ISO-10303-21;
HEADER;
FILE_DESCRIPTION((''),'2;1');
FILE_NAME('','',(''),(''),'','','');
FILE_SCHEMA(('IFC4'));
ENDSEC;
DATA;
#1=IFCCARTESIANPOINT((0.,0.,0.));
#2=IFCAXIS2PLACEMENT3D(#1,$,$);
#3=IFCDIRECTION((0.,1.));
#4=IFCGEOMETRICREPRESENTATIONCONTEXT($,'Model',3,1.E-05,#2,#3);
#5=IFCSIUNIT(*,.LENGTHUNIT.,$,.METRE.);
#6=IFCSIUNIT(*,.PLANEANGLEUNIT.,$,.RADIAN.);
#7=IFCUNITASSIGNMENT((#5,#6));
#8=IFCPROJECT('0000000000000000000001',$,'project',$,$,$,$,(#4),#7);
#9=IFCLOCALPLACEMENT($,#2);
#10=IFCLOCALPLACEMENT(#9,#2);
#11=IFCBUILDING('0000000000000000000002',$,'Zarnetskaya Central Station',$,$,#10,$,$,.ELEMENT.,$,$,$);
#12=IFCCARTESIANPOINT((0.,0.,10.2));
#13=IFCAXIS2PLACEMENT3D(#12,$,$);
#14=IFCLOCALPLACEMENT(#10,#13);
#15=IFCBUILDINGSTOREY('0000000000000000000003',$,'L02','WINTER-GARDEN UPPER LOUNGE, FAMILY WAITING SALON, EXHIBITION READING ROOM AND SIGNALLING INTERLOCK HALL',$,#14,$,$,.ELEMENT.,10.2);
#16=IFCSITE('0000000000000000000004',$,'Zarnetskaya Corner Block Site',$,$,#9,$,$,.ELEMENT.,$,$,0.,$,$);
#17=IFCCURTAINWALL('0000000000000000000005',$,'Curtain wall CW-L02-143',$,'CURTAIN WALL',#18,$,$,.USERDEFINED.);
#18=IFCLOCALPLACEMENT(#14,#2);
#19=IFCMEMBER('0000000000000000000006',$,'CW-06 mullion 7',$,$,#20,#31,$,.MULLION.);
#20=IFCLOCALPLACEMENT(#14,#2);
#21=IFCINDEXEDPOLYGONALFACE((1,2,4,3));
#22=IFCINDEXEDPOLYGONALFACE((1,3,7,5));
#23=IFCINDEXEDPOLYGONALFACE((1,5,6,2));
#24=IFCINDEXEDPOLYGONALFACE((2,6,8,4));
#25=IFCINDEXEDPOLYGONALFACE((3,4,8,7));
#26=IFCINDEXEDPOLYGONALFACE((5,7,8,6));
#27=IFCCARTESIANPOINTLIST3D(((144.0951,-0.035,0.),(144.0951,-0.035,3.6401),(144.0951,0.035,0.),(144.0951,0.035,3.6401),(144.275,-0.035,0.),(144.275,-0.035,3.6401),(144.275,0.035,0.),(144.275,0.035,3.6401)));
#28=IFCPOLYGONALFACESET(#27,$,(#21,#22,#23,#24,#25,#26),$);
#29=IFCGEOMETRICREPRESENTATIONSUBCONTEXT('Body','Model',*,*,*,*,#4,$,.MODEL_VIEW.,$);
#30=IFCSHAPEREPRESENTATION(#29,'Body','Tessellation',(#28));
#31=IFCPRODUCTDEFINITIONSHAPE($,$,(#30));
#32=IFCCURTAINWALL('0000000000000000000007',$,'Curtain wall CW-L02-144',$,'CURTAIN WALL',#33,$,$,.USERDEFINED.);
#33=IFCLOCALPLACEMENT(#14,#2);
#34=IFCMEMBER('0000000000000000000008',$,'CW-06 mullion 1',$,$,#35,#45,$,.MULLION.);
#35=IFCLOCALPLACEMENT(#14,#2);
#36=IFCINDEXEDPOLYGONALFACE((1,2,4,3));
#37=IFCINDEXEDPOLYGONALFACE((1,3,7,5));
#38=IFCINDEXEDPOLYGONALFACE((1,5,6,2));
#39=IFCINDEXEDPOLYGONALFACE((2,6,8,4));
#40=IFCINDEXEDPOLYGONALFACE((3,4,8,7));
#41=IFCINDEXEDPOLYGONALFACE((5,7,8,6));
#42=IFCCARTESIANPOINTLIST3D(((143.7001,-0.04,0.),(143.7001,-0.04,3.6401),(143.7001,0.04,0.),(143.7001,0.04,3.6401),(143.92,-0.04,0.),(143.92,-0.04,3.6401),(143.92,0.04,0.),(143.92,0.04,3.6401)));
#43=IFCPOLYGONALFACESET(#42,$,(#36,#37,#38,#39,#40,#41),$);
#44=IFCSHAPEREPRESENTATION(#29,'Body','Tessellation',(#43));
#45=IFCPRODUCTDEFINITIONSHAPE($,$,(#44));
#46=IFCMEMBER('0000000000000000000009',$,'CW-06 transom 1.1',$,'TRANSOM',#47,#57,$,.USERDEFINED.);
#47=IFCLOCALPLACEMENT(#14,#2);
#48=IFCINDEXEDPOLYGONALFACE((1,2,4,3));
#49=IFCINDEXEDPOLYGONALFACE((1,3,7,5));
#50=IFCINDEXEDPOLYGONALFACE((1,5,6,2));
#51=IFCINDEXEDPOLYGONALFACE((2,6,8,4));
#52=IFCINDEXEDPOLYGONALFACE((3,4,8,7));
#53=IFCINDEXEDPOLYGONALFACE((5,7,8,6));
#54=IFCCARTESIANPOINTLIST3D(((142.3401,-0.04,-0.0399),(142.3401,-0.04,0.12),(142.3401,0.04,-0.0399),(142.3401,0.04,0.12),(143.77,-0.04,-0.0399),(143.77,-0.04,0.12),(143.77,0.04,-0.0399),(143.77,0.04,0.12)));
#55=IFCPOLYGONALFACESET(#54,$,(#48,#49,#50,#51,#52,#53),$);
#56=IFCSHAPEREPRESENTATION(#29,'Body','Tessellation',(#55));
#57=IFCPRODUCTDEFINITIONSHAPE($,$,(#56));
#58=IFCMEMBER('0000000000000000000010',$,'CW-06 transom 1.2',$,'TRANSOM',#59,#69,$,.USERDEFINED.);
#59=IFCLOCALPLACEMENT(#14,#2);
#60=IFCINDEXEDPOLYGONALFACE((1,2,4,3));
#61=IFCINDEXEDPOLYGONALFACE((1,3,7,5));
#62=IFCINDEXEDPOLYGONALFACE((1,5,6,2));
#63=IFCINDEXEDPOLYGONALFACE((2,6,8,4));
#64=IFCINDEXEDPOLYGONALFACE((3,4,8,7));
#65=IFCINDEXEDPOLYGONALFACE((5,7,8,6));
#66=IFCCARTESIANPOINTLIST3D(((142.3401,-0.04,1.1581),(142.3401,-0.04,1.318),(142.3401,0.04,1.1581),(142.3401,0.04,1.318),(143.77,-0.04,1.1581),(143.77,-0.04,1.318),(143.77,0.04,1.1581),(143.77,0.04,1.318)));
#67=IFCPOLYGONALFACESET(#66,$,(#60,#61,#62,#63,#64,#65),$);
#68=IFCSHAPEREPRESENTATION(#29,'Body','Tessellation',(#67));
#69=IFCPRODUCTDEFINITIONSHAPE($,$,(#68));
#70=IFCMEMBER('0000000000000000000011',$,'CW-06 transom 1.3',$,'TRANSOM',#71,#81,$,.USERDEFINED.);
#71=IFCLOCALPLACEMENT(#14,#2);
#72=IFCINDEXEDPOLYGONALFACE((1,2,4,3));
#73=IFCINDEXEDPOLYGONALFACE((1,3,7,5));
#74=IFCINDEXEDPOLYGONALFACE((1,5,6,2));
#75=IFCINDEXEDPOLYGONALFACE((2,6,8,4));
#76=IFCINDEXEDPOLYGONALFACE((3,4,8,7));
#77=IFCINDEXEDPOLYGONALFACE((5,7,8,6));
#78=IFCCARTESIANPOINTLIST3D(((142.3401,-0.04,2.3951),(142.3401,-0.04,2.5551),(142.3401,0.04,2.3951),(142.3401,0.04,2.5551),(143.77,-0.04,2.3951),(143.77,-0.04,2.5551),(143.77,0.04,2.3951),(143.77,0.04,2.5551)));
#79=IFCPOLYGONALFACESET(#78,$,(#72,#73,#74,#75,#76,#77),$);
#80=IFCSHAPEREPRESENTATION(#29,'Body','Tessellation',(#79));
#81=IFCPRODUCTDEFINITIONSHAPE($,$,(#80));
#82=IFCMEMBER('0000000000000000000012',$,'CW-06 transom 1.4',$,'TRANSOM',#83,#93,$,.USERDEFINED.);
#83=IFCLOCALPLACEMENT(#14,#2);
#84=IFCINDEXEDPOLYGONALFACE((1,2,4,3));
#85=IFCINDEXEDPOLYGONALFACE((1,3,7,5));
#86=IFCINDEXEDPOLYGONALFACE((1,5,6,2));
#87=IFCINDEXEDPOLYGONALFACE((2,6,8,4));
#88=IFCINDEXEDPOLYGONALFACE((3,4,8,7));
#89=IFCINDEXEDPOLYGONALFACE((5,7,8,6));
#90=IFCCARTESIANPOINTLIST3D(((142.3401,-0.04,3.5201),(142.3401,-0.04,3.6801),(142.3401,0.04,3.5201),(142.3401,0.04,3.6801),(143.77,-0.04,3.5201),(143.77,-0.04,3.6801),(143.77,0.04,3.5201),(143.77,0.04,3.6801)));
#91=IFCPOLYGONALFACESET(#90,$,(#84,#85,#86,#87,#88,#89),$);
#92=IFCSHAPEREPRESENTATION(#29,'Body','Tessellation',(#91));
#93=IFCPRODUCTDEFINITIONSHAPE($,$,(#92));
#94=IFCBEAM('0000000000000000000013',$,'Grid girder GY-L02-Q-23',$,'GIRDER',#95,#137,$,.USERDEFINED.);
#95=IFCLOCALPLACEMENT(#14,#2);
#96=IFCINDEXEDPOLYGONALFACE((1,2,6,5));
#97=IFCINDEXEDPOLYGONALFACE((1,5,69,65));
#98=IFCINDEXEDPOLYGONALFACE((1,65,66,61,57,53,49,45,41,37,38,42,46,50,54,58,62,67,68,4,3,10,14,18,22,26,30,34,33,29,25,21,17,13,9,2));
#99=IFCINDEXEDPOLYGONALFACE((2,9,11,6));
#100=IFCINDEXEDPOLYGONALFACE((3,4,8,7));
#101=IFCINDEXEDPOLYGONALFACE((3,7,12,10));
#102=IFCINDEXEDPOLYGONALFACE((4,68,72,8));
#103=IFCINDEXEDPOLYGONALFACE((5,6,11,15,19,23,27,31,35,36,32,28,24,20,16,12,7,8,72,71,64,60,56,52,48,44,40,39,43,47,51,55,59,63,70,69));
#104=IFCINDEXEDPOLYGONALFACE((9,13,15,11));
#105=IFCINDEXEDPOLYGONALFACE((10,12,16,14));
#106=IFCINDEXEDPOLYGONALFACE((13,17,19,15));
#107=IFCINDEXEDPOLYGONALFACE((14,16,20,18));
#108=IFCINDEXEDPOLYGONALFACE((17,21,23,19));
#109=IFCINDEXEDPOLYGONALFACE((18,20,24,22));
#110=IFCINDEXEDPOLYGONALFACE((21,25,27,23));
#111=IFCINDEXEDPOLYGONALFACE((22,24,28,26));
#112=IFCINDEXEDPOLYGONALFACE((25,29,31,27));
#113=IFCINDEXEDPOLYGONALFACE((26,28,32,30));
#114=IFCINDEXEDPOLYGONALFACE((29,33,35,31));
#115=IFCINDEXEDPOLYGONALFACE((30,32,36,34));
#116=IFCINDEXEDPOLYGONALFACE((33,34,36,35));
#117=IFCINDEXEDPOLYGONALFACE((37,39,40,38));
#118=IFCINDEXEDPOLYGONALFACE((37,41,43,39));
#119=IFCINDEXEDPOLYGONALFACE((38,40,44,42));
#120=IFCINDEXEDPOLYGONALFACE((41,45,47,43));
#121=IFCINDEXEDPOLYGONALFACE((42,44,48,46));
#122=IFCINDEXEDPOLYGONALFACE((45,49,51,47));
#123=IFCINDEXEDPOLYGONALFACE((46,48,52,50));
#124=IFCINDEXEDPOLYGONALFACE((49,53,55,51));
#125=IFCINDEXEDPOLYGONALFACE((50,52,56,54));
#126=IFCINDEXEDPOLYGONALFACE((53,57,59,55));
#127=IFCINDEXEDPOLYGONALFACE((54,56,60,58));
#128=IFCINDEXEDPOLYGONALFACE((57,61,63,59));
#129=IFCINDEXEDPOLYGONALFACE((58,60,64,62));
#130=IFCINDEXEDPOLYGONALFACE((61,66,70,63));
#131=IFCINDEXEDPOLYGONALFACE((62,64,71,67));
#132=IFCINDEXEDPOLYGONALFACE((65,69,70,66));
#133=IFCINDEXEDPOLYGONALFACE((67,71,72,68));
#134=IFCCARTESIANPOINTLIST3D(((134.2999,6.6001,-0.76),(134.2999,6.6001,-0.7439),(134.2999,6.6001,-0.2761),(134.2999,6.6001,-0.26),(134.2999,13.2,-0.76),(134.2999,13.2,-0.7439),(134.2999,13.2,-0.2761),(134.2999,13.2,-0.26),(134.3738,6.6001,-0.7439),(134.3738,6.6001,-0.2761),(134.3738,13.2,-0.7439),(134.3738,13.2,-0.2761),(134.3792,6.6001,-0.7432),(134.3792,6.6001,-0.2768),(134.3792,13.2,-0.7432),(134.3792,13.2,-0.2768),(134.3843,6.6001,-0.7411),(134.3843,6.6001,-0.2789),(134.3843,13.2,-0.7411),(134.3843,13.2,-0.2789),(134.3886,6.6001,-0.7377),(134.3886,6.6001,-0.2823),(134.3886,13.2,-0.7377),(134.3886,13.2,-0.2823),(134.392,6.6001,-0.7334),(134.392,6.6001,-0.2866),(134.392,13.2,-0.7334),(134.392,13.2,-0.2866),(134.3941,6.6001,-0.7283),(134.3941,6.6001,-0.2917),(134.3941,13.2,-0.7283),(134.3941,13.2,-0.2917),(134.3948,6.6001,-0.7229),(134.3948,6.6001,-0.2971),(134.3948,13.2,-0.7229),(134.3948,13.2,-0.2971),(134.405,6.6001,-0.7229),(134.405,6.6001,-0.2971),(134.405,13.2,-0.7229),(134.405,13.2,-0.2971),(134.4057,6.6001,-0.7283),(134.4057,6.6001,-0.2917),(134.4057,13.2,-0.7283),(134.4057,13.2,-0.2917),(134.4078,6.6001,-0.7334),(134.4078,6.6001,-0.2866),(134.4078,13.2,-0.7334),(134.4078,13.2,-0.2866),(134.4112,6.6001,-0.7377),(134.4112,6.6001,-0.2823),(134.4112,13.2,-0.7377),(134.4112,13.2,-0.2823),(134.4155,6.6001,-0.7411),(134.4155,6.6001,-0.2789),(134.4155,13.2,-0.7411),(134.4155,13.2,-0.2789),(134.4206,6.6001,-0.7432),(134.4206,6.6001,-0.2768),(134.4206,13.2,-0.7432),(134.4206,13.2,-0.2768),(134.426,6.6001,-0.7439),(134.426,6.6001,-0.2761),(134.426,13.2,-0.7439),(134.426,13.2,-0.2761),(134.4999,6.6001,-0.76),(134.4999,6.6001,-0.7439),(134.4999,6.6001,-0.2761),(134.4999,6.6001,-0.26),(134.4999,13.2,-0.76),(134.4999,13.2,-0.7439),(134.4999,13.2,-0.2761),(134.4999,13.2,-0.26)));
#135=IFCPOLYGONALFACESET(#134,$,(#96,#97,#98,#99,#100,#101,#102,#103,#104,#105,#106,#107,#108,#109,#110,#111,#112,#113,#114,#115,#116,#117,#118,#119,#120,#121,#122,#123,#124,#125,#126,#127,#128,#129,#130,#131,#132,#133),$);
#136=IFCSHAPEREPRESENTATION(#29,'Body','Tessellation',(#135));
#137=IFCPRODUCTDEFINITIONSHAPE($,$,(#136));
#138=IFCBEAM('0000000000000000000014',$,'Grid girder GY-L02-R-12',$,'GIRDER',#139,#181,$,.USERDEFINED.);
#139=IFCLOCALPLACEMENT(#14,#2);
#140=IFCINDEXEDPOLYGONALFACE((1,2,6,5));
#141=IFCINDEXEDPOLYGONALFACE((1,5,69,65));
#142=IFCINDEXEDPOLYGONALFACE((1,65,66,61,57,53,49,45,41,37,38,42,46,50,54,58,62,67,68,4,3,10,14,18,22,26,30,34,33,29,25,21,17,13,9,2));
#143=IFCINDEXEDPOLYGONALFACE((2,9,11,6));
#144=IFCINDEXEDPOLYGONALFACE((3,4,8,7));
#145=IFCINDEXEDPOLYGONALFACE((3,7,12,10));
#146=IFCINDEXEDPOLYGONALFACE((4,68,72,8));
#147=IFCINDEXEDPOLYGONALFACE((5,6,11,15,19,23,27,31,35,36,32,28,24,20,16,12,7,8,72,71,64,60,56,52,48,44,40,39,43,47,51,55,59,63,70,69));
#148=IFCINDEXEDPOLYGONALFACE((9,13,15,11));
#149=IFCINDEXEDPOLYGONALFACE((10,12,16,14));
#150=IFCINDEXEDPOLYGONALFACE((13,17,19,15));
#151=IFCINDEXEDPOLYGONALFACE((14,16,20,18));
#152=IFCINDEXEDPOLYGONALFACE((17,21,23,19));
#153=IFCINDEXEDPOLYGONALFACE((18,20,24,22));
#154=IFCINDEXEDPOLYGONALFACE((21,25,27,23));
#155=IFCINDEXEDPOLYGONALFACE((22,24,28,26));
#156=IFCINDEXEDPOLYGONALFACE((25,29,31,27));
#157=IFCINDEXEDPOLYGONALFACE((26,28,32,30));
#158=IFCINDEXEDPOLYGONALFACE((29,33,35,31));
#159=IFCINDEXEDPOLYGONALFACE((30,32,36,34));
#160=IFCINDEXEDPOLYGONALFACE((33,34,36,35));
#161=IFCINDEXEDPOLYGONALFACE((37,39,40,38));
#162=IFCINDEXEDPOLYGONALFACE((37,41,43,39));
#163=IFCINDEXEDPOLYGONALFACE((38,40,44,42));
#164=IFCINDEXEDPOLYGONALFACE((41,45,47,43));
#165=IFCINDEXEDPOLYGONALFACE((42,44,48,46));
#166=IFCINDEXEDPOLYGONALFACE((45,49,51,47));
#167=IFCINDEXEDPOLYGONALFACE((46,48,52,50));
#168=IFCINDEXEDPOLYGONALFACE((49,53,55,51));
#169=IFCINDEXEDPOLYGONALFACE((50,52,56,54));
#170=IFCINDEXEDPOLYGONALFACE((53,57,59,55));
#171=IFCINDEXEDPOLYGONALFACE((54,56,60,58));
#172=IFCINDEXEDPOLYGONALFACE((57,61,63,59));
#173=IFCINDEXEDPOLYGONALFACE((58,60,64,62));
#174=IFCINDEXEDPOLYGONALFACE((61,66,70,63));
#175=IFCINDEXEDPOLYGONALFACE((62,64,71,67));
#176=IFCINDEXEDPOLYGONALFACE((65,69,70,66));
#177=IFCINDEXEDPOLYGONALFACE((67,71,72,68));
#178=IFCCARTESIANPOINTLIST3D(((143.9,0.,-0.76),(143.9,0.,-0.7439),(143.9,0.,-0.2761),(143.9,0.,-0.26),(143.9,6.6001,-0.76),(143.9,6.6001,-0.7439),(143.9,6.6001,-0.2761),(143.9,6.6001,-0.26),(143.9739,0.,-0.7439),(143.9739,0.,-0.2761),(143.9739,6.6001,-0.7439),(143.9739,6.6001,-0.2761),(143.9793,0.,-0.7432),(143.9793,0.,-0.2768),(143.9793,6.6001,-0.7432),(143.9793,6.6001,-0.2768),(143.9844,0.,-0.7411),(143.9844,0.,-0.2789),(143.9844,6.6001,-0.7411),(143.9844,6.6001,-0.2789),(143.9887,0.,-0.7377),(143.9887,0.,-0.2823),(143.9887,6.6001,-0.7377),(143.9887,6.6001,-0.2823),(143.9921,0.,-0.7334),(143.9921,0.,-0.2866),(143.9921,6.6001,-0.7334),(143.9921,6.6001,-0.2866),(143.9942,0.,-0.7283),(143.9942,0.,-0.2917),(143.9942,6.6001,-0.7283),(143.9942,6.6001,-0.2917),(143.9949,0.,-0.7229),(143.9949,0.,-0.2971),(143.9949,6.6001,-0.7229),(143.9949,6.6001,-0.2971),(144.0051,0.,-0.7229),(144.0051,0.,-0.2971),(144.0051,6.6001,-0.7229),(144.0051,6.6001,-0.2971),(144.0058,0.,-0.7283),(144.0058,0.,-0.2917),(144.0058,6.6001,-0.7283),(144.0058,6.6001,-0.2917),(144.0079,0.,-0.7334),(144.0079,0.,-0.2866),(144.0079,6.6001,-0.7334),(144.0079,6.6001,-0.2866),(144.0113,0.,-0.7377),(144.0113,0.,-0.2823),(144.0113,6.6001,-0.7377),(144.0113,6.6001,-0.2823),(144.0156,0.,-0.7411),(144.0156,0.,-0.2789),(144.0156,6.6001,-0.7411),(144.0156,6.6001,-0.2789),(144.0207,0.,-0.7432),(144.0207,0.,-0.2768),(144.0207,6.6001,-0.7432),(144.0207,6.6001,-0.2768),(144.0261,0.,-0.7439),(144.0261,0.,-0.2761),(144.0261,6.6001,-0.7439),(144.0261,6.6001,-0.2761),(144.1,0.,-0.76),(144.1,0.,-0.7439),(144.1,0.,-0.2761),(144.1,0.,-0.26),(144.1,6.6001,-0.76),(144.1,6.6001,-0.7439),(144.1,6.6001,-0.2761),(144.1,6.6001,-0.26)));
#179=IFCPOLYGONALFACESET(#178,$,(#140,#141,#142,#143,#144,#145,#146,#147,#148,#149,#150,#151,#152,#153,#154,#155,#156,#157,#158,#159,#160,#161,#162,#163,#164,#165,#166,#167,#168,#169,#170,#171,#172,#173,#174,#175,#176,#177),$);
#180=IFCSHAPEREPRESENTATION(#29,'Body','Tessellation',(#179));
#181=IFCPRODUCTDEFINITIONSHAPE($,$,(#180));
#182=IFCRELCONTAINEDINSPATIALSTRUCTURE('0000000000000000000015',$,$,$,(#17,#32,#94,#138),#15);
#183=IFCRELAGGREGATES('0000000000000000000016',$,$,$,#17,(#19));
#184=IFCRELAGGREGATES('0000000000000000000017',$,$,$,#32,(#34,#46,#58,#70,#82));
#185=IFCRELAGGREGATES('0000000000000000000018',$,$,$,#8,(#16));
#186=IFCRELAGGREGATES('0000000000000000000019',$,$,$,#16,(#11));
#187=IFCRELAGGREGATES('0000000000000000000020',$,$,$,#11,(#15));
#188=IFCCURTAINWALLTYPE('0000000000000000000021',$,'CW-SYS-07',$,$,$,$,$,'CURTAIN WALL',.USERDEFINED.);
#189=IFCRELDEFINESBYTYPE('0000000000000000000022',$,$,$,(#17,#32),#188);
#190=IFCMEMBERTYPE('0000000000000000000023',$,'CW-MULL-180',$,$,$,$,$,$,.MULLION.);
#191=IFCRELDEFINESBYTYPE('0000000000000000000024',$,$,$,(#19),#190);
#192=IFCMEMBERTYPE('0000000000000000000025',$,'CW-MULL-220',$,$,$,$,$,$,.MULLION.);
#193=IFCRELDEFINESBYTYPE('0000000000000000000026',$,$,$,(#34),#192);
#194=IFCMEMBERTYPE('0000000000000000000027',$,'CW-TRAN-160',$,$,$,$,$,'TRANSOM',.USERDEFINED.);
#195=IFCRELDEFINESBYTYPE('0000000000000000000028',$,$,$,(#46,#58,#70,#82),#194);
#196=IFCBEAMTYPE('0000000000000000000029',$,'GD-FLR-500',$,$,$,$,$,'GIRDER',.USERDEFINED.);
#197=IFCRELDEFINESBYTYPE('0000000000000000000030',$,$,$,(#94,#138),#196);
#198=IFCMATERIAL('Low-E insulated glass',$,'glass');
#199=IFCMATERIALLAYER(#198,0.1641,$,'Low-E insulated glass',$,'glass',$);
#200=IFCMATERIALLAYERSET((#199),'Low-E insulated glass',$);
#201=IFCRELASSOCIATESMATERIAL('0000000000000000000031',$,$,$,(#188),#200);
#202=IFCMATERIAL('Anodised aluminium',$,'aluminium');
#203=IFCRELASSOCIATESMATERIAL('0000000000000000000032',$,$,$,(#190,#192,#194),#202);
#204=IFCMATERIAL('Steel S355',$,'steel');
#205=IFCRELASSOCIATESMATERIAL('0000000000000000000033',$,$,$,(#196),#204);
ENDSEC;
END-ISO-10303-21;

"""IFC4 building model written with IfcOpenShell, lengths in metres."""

from ifc_helpers import new_model, si_unit, direction, frame, origin, origin_2d, place, context, subcontext, project, spatial, rectangle, i_section, extrude, material, layer, layer_set, material_profile, profile_set, type_object, element, aggregate, save


model = new_model("IFC4")

# Units and contexts
model_context = context("Model", 3, precision=1e-05, world=origin(), true_north=direction((0.0, 1.0)))
body_context = subcontext(model_context, "Body", "Model", "MODEL_VIEW")
ifc_project = project(units=[si_unit("LENGTHUNIT", "METRE"), si_unit("PLANEANGLEUNIT", "RADIAN")], contexts=[model_context])

# Site, building, storey
site_placement = place(None, origin())
site = spatial("IfcSite", under=ifc_project, at=site_placement, Name="Zarnetskaya Corner Block Site", CompositionType="ELEMENT", RefElevation=0.0)
building_placement = place(site_placement, origin())
building = spatial("IfcBuilding", under=site, at=building_placement, Name="Zarnetskaya Central Station", CompositionType="ELEMENT")
storey_placement = place(building_placement, frame((0.0, 0.0, 10.2)))
storey = spatial("IfcBuildingStorey", under=building, at=storey_placement, Name="L02", Description="WINTER-GARDEN UPPER LOUNGE, FAMILY WAITING SALON, EXHIBITION READING ROOM AND SIGNALLING INTERLOCK HALL", CompositionType="ELEMENT", Elevation=10.2)

# Shared definitions
ifc_material_1 = material(Name="Steel S355", Category="steel")

# Curtain wall, member
ifc_material_2 = material(Name="Low-E insulated glass", Category="glass")
ifc_layer_1 = layer(ifc_material_2, 0.1641, Name="Low-E insulated glass", Category="glass")
ifc_layer_set_1 = layer_set([ifc_layer_1], Name="Low-E insulated glass")
curtain_wall_type = type_object("IfcCurtainWallType", Name="CW-SYS-07", ElementType="CURTAIN WALL", PredefinedType="USERDEFINED", material=ifc_layer_set_1)
curtain_wall_1_placement = place(storey_placement, origin())
curtain_wall_1 = element("IfcCurtainWall", 1, at=curtain_wall_1_placement, inside=storey, type_object=curtain_wall_type, Name="Curtain wall CW-L02-143", ObjectType="CURTAIN WALL", PredefinedType="USERDEFINED")
ifc_material_3 = material(Name="Anodised aluminium", Category="aluminium")
ifc_material_profile_1 = material_profile(ifc_material_3, rectangle(XDim=0.0701, YDim=0.1799, at=origin_2d()), Name="ALU MULL 70x180")
ifc_profile_set_1 = profile_set([ifc_material_profile_1], Name="Anodised aluminium")
member_type_1 = type_object("IfcMemberType", Name="CW-MULL-180", PredefinedType="MULLION", material=ifc_profile_set_1)
member_1_placement = place(storey_placement, frame((144.1851, 0.0, 0.0), z_axis=(0.0, 0.0, 1.0), x_axis=(0.0, -1.0, 0.0)))
member_1 = element("IfcMember", 2, at=member_1_placement, type_object=member_type_1, Name="CW-06 mullion 7", PredefinedType="MULLION", context=body_context, shape_type="SweptSolid", body=[
    extrude(rectangle(XDim=0.0701, YDim=0.1799, at=origin_2d()), origin(), (0.0, 0.0, 1.0), 3.6401),
])

# Curtain wall, members
curtain_wall_2_placement = place(storey_placement, origin())
curtain_wall_2 = element("IfcCurtainWall", 3, at=curtain_wall_2_placement, inside=storey, type_object=curtain_wall_type, Name="Curtain wall CW-L02-144", ObjectType="CURTAIN WALL", PredefinedType="USERDEFINED")
ifc_material_profile_2 = material_profile(ifc_material_3, rectangle(XDim=0.0801, YDim=0.22, at=origin_2d()), Name="ALU MULL 80x220")
ifc_profile_set_2 = profile_set([ifc_material_profile_2], Name="Anodised aluminium")
member_type_2 = type_object("IfcMemberType", Name="CW-MULL-220", PredefinedType="MULLION", material=ifc_profile_set_2)
member_2_placement = place(storey_placement, frame((143.8101, 0.0, 0.0), z_axis=(0.0, 0.0, 1.0), x_axis=(0.0, -1.0, 0.0)))
member_2 = element("IfcMember", 4, at=member_2_placement, type_object=member_type_2, Name="CW-06 mullion 1", PredefinedType="MULLION", context=body_context, shape_type="SweptSolid", body=[
    extrude(rectangle(XDim=0.0801, YDim=0.22, at=origin_2d()), origin(), (0.0, 0.0, 1.0), 3.6401),
])
ifc_material_profile_3 = material_profile(ifc_material_3, rectangle(XDim=0.0801, YDim=0.1599, at=origin_2d()), Name="ALU TRAN 80x160")
ifc_profile_set_3 = profile_set([ifc_material_profile_3], Name="Anodised aluminium")
member_type_3 = type_object("IfcMemberType", Name="CW-TRAN-160", ElementType="TRANSOM", PredefinedType="USERDEFINED", material=ifc_profile_set_3)
member_3_placement = place(storey_placement, frame((143.77, 0.0, 0.04), z_axis=(-1.0, 0.0, 0.0), x_axis=(0.0, -1.0, 0.0)))
member_3 = element("IfcMember", 5, at=member_3_placement, type_object=member_type_3, Name="CW-06 transom 1.1", ObjectType="TRANSOM", PredefinedType="USERDEFINED", context=body_context, shape_type="SweptSolid", body=[
    extrude(rectangle(XDim=0.0801, YDim=0.1599, at=origin_2d()), origin(), (0.0, 0.0, 1.0), 1.4299),
])
member_4_placement = place(storey_placement, frame((143.77, 0.0, 1.238), z_axis=(-1.0, 0.0, 0.0), x_axis=(0.0, -1.0, 0.0)))
member_4 = element("IfcMember", 6, at=member_4_placement, type_object=member_type_3, Name="CW-06 transom 1.2", ObjectType="TRANSOM", PredefinedType="USERDEFINED", context=body_context, shape_type="SweptSolid", body=[
    extrude(rectangle(XDim=0.0801, YDim=0.1599, at=origin_2d()), origin(), (0.0, 0.0, 1.0), 1.4299),
])
member_5_placement = place(storey_placement, frame((143.77, 0.0, 2.4751), z_axis=(-1.0, 0.0, 0.0), x_axis=(0.0, -1.0, 0.0)))
member_5 = element("IfcMember", 7, at=member_5_placement, type_object=member_type_3, Name="CW-06 transom 1.3", ObjectType="TRANSOM", PredefinedType="USERDEFINED", context=body_context, shape_type="SweptSolid", body=[
    extrude(rectangle(XDim=0.0801, YDim=0.1599, at=origin_2d()), origin(), (0.0, 0.0, 1.0), 1.4299),
])
member_6_placement = place(storey_placement, frame((143.77, 0.0, 3.6001), z_axis=(-1.0, 0.0, 0.0), x_axis=(0.0, -1.0, 0.0)))
member_6 = element("IfcMember", 8, at=member_6_placement, type_object=member_type_3, Name="CW-06 transom 1.4", ObjectType="TRANSOM", PredefinedType="USERDEFINED", context=body_context, shape_type="SweptSolid", body=[
    extrude(rectangle(XDim=0.0801, YDim=0.1599, at=origin_2d()), origin(), (0.0, 0.0, 1.0), 1.4299),
])

# Beams
ifc_material_profile_4 = material_profile(ifc_material_1, i_section(OverallWidth=0.2, OverallDepth=0.5, WebThickness=0.0103, FlangeThickness=0.0161, FilletRadius=0.021, at=origin_2d()), Name="IPE 500")
ifc_profile_set_4 = profile_set([ifc_material_profile_4], Name="Steel S355")
beam_type_1 = type_object("IfcBeamType", Name="GD-FLR-500", ElementType="GIRDER", PredefinedType="USERDEFINED", material=ifc_profile_set_4)
beam_1_placement = place(storey_placement, frame((134.3999, 6.6001, -0.51), z_axis=(0.0, 1.0, 0.0), x_axis=(-1.0, 0.0, 0.0)))
element("IfcBeam", 9, at=beam_1_placement, inside=storey, type_object=beam_type_1, Name="Grid girder GY-L02-Q-23", ObjectType="GIRDER", PredefinedType="USERDEFINED", context=body_context, shape_type="SweptSolid", body=[
    extrude(i_section(OverallWidth=0.2, OverallDepth=0.5, WebThickness=0.0103, FlangeThickness=0.0161, FilletRadius=0.021, at=origin_2d()), origin(), (0.0, 0.0, 1.0), 6.5999),
])
beam_2_placement = place(storey_placement, frame((144.0, 0.0, -0.51), z_axis=(0.0, 1.0, 0.0), x_axis=(-1.0, 0.0, 0.0)))
element("IfcBeam", 10, at=beam_2_placement, inside=storey, type_object=beam_type_1, Name="Grid girder GY-L02-R-12", ObjectType="GIRDER", PredefinedType="USERDEFINED", context=body_context, shape_type="SweptSolid", body=[
    extrude(i_section(OverallWidth=0.2, OverallDepth=0.5, WebThickness=0.0103, FlangeThickness=0.0161, FilletRadius=0.021, at=origin_2d()), origin(), (0.0, 0.0, 1.0), 6.6001),
])

aggregate(curtain_wall_1, [member_1])
aggregate(curtain_wall_2, [member_2, member_3, member_4, member_5, member_6])

save(model, "model.ifc")
